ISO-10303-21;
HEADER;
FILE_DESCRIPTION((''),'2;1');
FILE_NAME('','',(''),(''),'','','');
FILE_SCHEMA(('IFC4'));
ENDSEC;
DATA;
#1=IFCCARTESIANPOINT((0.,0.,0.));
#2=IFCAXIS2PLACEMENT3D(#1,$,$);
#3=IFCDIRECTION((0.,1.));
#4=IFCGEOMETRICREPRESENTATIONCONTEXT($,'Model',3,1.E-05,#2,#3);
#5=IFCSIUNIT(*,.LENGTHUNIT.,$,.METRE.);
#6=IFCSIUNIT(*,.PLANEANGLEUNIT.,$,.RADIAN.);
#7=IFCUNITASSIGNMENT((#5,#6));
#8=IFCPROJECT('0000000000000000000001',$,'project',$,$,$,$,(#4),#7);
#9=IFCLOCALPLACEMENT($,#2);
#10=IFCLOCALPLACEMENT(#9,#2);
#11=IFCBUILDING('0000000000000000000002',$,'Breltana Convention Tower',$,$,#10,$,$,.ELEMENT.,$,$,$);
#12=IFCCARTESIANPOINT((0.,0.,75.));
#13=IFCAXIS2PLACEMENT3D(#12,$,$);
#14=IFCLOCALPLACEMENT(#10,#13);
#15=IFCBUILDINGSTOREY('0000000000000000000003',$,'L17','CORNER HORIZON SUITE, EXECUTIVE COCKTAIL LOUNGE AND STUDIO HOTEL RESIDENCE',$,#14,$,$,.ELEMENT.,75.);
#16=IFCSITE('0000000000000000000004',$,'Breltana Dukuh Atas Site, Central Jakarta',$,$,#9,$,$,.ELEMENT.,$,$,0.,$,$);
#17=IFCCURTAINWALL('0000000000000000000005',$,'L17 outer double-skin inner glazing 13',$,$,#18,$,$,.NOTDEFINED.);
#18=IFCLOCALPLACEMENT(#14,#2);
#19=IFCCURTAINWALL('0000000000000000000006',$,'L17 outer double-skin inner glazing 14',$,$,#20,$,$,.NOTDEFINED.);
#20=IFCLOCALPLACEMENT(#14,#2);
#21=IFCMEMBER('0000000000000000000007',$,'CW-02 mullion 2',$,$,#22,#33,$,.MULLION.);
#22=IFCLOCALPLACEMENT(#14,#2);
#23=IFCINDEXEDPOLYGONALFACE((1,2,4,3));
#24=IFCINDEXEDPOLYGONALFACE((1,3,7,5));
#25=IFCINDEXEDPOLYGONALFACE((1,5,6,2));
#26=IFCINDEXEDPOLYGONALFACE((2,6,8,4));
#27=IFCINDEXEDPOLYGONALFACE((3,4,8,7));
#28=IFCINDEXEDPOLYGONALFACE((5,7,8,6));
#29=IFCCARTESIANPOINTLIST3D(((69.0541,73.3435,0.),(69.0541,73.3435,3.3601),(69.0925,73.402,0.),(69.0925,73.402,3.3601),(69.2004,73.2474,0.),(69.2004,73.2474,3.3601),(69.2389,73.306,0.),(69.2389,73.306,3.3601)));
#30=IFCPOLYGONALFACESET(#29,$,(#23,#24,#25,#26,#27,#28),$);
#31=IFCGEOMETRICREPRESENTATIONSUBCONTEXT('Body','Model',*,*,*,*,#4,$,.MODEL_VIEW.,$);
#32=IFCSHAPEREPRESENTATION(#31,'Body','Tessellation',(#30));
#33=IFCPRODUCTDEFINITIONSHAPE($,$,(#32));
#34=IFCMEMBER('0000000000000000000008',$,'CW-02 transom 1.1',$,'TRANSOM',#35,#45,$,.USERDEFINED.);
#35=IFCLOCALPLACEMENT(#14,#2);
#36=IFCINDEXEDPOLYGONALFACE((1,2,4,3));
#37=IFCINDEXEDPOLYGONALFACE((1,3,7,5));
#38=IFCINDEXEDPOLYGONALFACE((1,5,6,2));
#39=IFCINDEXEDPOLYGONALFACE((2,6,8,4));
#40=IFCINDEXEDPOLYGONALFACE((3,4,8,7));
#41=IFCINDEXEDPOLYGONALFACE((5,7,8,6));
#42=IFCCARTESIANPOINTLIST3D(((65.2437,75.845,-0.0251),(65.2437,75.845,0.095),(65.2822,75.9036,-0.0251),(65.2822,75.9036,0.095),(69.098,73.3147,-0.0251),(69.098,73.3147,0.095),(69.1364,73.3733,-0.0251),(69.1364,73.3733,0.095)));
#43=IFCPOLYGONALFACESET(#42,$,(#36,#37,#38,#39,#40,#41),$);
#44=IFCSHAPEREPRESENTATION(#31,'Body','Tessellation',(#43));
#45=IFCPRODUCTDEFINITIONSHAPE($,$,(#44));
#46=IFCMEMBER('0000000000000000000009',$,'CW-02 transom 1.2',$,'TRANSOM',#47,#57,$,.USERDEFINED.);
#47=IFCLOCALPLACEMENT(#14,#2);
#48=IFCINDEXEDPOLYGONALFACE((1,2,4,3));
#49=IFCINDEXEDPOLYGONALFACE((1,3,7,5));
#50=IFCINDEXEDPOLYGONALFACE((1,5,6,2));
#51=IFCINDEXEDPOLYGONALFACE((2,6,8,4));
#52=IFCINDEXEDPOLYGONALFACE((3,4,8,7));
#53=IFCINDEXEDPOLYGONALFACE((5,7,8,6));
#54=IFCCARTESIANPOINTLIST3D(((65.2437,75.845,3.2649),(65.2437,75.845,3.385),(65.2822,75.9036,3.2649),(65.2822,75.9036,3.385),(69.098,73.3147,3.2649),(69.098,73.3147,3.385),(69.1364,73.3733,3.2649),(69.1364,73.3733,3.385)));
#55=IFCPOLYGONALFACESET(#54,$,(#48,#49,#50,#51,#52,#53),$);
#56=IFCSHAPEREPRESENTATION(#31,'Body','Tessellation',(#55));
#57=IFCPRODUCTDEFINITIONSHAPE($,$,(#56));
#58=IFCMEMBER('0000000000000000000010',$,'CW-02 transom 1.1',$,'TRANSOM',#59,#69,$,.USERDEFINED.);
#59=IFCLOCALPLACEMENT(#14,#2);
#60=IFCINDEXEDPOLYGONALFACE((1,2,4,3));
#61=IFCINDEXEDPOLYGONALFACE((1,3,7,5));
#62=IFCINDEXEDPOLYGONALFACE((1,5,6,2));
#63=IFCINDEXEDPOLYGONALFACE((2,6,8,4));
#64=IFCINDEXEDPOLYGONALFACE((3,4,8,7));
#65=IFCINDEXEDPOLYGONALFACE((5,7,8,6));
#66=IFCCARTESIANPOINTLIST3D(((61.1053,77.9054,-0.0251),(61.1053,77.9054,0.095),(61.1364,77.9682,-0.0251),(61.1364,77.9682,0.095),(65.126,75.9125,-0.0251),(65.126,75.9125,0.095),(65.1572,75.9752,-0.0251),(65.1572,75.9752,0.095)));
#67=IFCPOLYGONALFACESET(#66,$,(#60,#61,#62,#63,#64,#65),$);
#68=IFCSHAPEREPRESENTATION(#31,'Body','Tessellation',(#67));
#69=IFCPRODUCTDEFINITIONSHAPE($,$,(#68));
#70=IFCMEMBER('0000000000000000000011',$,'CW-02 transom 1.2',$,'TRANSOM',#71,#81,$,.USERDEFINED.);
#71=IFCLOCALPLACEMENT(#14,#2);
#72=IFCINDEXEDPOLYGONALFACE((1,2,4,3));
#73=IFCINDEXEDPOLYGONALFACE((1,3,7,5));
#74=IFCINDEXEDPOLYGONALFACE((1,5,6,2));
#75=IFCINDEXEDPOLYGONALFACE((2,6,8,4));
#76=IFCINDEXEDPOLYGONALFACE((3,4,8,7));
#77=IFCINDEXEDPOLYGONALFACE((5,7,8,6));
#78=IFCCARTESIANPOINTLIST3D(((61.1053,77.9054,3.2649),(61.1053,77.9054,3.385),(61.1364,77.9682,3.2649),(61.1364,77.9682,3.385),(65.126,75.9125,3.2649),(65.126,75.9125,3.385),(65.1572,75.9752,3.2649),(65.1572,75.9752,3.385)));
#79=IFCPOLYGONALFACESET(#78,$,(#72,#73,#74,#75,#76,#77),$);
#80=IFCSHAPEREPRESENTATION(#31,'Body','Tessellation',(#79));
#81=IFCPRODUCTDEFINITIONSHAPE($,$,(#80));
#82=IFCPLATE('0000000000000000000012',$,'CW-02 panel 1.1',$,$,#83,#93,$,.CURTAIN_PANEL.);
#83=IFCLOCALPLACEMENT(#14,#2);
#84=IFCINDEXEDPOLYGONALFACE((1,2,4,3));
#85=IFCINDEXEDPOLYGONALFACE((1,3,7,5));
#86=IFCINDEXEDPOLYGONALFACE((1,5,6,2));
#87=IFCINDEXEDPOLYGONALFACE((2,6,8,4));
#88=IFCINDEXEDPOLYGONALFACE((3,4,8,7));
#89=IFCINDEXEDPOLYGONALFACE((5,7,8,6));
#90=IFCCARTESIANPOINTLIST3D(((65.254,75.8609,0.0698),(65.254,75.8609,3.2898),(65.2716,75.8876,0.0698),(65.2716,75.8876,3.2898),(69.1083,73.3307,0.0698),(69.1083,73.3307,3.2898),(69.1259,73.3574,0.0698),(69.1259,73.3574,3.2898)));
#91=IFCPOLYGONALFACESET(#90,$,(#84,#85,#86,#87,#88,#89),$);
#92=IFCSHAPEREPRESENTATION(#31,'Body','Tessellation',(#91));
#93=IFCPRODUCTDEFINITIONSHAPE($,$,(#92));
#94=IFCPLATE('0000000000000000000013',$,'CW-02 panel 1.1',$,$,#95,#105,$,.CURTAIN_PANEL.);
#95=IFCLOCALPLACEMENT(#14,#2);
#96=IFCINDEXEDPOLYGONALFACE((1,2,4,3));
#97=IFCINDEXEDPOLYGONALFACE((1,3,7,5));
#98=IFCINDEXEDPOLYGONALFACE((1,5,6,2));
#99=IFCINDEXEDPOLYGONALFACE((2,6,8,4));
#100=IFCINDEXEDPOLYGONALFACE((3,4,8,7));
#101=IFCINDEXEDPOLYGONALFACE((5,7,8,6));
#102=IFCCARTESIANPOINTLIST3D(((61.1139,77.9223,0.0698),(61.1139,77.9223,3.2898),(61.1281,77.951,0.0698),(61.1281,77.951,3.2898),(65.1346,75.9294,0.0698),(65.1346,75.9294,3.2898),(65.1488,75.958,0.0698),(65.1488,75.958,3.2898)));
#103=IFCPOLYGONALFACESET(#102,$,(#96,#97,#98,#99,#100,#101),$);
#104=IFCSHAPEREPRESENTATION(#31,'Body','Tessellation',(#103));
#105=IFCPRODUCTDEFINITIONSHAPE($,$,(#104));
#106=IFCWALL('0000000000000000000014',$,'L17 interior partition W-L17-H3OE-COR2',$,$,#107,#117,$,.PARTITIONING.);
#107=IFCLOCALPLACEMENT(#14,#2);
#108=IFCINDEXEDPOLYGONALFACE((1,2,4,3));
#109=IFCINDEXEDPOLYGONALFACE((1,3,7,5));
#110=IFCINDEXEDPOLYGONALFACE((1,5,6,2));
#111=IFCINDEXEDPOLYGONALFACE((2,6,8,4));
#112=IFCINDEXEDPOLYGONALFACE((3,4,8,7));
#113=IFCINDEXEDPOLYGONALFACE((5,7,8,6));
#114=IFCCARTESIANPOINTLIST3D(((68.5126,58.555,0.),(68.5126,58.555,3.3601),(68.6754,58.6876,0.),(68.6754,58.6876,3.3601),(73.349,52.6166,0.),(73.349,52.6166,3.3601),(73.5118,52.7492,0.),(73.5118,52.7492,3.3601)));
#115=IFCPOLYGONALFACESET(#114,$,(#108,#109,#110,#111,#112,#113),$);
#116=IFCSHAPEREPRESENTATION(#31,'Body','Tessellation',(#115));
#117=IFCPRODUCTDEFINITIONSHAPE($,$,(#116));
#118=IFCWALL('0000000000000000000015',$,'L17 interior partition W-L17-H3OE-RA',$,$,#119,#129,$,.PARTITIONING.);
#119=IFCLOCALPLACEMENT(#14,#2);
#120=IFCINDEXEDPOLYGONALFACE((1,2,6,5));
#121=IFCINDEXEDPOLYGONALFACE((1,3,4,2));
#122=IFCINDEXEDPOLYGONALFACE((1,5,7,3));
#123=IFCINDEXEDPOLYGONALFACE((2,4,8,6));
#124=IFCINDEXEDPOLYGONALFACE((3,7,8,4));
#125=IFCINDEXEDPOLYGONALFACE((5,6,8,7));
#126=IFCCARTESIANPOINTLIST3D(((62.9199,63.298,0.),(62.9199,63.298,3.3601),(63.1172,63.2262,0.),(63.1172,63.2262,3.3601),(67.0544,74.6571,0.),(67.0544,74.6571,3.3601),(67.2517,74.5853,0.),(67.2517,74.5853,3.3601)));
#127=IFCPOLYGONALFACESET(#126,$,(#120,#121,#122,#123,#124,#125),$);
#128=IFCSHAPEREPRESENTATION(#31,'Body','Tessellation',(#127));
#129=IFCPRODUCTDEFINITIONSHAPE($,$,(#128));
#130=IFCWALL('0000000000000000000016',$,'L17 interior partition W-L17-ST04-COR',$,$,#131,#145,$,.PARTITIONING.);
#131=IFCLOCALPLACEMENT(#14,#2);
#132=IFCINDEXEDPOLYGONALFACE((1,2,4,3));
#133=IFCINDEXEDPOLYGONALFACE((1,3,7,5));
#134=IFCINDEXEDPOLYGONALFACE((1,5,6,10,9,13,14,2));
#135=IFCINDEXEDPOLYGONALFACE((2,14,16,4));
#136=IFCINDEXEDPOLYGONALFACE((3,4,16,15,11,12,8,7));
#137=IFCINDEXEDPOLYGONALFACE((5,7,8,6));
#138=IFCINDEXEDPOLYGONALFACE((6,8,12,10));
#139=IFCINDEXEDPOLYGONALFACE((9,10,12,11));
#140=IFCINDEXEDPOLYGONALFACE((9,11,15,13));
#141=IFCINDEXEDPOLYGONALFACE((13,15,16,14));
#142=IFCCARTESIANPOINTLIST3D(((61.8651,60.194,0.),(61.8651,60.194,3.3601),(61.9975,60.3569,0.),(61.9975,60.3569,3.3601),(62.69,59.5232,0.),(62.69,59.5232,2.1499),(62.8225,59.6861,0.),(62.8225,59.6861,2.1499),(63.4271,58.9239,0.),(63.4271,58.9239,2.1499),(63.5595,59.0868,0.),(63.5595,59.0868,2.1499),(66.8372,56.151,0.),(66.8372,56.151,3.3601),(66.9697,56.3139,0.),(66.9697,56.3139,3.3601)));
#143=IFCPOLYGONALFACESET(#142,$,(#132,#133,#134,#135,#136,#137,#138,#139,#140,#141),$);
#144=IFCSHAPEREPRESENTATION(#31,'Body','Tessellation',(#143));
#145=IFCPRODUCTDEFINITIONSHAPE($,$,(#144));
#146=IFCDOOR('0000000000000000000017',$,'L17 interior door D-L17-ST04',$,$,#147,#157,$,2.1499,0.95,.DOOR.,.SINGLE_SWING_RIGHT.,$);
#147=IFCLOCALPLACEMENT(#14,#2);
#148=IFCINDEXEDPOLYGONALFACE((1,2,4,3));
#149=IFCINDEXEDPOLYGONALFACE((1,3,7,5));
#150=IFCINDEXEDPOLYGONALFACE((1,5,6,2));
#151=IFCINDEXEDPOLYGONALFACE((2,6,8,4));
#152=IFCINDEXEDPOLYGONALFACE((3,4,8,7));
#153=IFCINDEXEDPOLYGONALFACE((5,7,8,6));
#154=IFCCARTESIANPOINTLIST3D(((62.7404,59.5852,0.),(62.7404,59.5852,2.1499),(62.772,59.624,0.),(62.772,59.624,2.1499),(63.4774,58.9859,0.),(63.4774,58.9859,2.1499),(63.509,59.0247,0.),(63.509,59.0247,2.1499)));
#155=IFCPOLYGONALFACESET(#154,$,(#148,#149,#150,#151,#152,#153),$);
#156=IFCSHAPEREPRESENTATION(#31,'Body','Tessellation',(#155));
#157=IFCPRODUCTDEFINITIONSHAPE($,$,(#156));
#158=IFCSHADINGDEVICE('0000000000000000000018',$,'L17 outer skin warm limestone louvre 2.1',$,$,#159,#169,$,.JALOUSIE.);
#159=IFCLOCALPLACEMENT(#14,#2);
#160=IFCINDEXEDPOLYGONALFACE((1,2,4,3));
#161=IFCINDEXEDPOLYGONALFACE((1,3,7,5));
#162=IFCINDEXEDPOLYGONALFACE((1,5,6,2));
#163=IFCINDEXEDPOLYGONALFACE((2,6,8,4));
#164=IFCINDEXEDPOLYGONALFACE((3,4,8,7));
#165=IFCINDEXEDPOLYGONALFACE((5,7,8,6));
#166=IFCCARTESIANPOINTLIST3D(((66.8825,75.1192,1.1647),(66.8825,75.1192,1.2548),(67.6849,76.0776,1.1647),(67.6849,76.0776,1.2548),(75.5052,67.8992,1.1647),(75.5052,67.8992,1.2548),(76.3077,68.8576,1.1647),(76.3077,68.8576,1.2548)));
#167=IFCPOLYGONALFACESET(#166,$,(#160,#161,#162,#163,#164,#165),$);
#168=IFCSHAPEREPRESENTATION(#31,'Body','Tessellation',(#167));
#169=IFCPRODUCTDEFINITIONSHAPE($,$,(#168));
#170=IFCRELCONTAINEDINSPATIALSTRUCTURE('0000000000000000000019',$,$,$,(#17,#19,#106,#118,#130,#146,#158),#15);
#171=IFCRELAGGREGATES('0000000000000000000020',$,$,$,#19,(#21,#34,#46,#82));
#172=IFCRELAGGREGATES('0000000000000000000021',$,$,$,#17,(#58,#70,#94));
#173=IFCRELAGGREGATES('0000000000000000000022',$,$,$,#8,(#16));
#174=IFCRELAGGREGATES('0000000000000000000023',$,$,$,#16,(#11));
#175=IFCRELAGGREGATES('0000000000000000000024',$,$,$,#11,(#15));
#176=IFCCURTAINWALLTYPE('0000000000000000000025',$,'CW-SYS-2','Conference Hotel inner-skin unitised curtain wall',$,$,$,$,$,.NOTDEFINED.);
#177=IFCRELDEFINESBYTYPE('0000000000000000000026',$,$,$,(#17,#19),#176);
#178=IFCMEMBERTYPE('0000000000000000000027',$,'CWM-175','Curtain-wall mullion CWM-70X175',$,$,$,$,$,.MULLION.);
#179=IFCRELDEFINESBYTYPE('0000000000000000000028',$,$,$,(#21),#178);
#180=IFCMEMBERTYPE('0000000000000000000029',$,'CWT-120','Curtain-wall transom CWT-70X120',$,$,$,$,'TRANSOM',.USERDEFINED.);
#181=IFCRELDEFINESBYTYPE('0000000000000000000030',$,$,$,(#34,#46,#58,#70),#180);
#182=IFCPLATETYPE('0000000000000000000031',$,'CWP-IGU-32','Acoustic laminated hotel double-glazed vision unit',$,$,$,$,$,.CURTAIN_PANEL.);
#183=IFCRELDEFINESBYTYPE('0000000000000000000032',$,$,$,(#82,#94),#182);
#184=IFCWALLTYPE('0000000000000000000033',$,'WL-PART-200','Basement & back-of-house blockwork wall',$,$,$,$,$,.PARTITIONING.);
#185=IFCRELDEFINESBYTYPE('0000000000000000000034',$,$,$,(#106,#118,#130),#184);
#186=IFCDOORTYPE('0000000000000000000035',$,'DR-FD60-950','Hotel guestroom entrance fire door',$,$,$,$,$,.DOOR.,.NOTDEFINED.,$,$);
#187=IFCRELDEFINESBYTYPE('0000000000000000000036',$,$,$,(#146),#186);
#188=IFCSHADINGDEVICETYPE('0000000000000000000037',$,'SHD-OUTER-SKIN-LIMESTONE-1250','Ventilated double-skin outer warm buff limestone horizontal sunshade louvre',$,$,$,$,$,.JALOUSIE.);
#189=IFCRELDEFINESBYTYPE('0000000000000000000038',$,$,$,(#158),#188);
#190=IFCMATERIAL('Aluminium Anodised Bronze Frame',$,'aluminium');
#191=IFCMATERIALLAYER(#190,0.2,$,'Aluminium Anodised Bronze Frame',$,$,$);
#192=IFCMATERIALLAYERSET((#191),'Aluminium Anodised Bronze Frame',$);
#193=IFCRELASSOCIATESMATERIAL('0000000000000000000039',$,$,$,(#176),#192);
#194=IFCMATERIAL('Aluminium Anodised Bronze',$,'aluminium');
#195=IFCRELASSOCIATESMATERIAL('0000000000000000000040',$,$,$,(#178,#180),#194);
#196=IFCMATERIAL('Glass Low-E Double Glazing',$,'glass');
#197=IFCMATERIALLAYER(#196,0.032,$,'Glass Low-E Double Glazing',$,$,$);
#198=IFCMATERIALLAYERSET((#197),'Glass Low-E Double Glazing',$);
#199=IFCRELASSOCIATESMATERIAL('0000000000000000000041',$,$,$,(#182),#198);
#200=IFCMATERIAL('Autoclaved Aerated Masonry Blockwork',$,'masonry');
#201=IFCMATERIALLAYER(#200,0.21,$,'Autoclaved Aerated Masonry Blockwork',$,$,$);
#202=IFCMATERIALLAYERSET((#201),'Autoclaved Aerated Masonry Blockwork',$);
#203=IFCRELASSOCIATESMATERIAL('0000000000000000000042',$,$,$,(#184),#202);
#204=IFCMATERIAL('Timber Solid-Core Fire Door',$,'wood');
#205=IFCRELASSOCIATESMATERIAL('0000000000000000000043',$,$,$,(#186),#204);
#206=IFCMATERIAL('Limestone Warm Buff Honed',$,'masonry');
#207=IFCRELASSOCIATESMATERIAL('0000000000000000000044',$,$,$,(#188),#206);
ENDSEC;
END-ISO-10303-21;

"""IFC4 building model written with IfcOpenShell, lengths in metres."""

from ifc_helpers import new_model, si_unit, direction, frame, frame_2d, origin, origin_2d, place, context, subcontext, project, spatial, rectangle, extrude, source, transform, mapped, material, layer, layer_set, material_profile, profile_set, type_object, type_shapes, element, fill, aggregate, save


model = new_model("IFC4")

# Units and contexts
model_context = context("Model", 3, precision=1e-05, world=origin(), true_north=direction((0.0, 1.0)))
body_context = subcontext(model_context, "Body", "Model", "MODEL_VIEW")
ifc_project = project(units=[si_unit("LENGTHUNIT", "METRE"), si_unit("PLANEANGLEUNIT", "RADIAN")], contexts=[model_context])

# Site, building, storey
site_placement = place(None, origin())
site = spatial("IfcSite", under=ifc_project, at=site_placement, Name="Breltana Dukuh Atas Site, Central Jakarta", CompositionType="ELEMENT", RefElevation=0.0)
building_placement = place(site_placement, origin())
building = spatial("IfcBuilding", under=site, at=building_placement, Name="Breltana Convention Tower", CompositionType="ELEMENT")
storey_placement = place(building_placement, frame((0.0, 0.0, 75.0)))
storey = spatial("IfcBuildingStorey", under=building, at=storey_placement, Name="L17", Description="CORNER HORIZON SUITE, EXECUTIVE COCKTAIL LOUNGE AND STUDIO HOTEL RESIDENCE", CompositionType="ELEMENT", Elevation=75.0)

# Curtain walls, members
ifc_material_1 = material(Name="Aluminium Anodised Bronze Frame", Category="aluminium")
ifc_layer_1 = layer(ifc_material_1, 0.2, Name="Aluminium Anodised Bronze Frame")
ifc_layer_set_1 = layer_set([ifc_layer_1], Name="Aluminium Anodised Bronze Frame")
curtain_wall_type = type_object("IfcCurtainWallType", Name="CW-SYS-2", Description="Conference Hotel inner-skin unitised curtain wall", PredefinedType="NOTDEFINED", material=ifc_layer_set_1)
curtain_wall_1_placement = place(storey_placement, origin())
curtain_wall_1 = element("IfcCurtainWall", 1, at=curtain_wall_1_placement, inside=storey, type_object=curtain_wall_type, Name="L17 outer double-skin inner glazing 13", PredefinedType="NOTDEFINED")
ifc_material_2 = material(Name="Aluminium Anodised Bronze", Category="aluminium")
ifc_material_profile_1 = material_profile(ifc_material_2, rectangle(XDim=0.0701, YDim=0.175, at=origin_2d()), Name="CWM-70X175")
ifc_profile_set_1 = profile_set([ifc_material_profile_1], Name="Aluminium Anodised Bronze")
member_type_1 = type_object("IfcMemberType", Name="CWM-175", Description="Curtain-wall mullion CWM-70X175", PredefinedType="MULLION", material=ifc_profile_set_1)
shared_shape_1 = source(origin(), body_context, "Body", "SweptSolid", [
    extrude(rectangle(XDim=0.0701, YDim=0.175, at=origin_2d()), origin(), (0.0, 0.0, 1.0), 3.3601),
])
type_shapes(member_type_1, [shared_shape_1])
curtain_wall_2_placement = place(storey_placement, origin())
curtain_wall_2 = element("IfcCurtainWall", 2, at=curtain_wall_2_placement, inside=storey, type_object=curtain_wall_type, Name="L17 outer double-skin inner glazing 14", PredefinedType="NOTDEFINED")
member_1_placement = place(storey_placement, frame((69.1465, 73.3247, 0.0), z_axis=(0.0, 0.0, 1.0), x_axis=(0.548784, 0.835964, 0.0)))
member_1 = element("IfcMember", 3, at=member_1_placement, type_object=member_type_1, Name="CW-02 mullion 2", PredefinedType="MULLION", context=body_context, shape_type="MappedRepresentation", body=[
    mapped(shared_shape_1, transform((0.0, 0.0, 0.0), scale=1.0)),
])
ifc_material_profile_2 = material_profile(ifc_material_2, rectangle(XDim=0.0701, YDim=0.1201, at=origin_2d()), Name="CWT-70X120")
ifc_profile_set_2 = profile_set([ifc_material_profile_2], Name="Aluminium Anodised Bronze")
member_type_2 = type_object("IfcMemberType", Name="CWT-120", Description="Curtain-wall transom CWT-70X120", ElementType="TRANSOM", PredefinedType="USERDEFINED", material=ifc_profile_set_2)
shared_shape_2 = source(origin(), body_context, "Body", "SweptSolid", [
    extrude(rectangle(XDim=0.0701, YDim=0.1201, at=origin_2d()), origin(), (0.0, 0.0, 1.0), 4.6106),
])
member_2_placement = place(storey_placement, frame((65.2629, 75.8743, 0.0349), z_axis=(0.835956, -0.548796, 0.0), x_axis=(0.548796, 0.835956, 0.0)))
member_2 = element("IfcMember", 4, at=member_2_placement, type_object=member_type_2, Name="CW-02 transom 1.1", ObjectType="TRANSOM", PredefinedType="USERDEFINED", context=body_context, shape_type="MappedRepresentation", body=[
    mapped(shared_shape_2, transform((0.0, 0.0, 0.0), scale=1.0)),
])
member_3_placement = place(storey_placement, frame((65.2629, 75.8743, 3.325), z_axis=(0.835956, -0.548796, 0.0), x_axis=(0.548796, 0.835956, 0.0)))
member_3 = element("IfcMember", 5, at=member_3_placement, type_object=member_type_2, Name="CW-02 transom 1.2", ObjectType="TRANSOM", PredefinedType="USERDEFINED", context=body_context, shape_type="MappedRepresentation", body=[
    mapped(shared_shape_2, transform((0.0, 0.0, 0.0), scale=1.0)),
])

# Members
shared_shape_3 = source(origin(), body_context, "Body", "SweptSolid", [
    extrude(rectangle(XDim=0.0701, YDim=0.1201, at=origin_2d()), origin(), (0.0, 0.0, 1.0), 4.4875),
])
member_4_placement = place(storey_placement, frame((61.1208, 77.9368, 0.0349), z_axis=(0.895978, -0.444099, 0.0), x_axis=(0.444099, 0.895978, 0.0)))
member_4 = element("IfcMember", 6, at=member_4_placement, type_object=member_type_2, Name="CW-02 transom 1.1", ObjectType="TRANSOM", PredefinedType="USERDEFINED", context=body_context, shape_type="MappedRepresentation", body=[
    mapped(shared_shape_3, transform((0.0, 0.0, 0.0), scale=1.0)),
])
member_5_placement = place(storey_placement, frame((61.1208, 77.9368, 3.325), z_axis=(0.895978, -0.444099, 0.0), x_axis=(0.444099, 0.895978, 0.0)))
member_5 = element("IfcMember", 7, at=member_5_placement, type_object=member_type_2, Name="CW-02 transom 1.2", ObjectType="TRANSOM", PredefinedType="USERDEFINED", context=body_context, shape_type="MappedRepresentation", body=[
    mapped(shared_shape_3, transform((0.0, 0.0, 0.0), scale=1.0)),
])

# Plates
ifc_material_3 = material(Name="Glass Low-E Double Glazing", Category="glass")
ifc_layer_2 = layer(ifc_material_3, 0.032, Name="Glass Low-E Double Glazing")
ifc_layer_set_2 = layer_set([ifc_layer_2], Name="Glass Low-E Double Glazing")
plate_type = type_object("IfcPlateType", Name="CWP-IGU-32", Description="Acoustic laminated hotel double-glazed vision unit", PredefinedType="CURTAIN_PANEL", material=ifc_layer_set_2)
shared_shape_4 = source(origin(), body_context, "Body", "SweptSolid", [
    extrude(rectangle(XDim=4.6106, YDim=0.032, at=origin_2d()), origin(), (0.0, 0.0, 1.0), 3.22),
])
plate_1_placement = place(storey_placement, frame((67.1899, 74.6091, 0.0698), z_axis=(0.0, 0.0, 1.0), x_axis=(0.835964, -0.548784, 0.0)))
plate_1 = element("IfcPlate", 8, at=plate_1_placement, type_object=plate_type, Name="CW-02 panel 1.1", PredefinedType="CURTAIN_PANEL", context=body_context, shape_type="MappedRepresentation", body=[
    mapped(shared_shape_4, transform((0.0, 0.0, 0.0), scale=1.0)),
])
aggregate(curtain_wall_2, [member_1, member_2, member_3, plate_1])
shared_shape_5 = source(origin(), body_context, "Body", "SweptSolid", [
    extrude(rectangle(XDim=4.4875, YDim=0.032, at=origin_2d()), origin(), (0.0, 0.0, 1.0), 3.22),
])
plate_2_placement = place(storey_placement, frame((63.1313, 76.9402, 0.0698), z_axis=(0.0, 0.0, 1.0), x_axis=(0.895973, -0.444108, 0.0)))
plate_2 = element("IfcPlate", 9, at=plate_2_placement, type_object=plate_type, Name="CW-02 panel 1.1", PredefinedType="CURTAIN_PANEL", context=body_context, shape_type="MappedRepresentation", body=[
    mapped(shared_shape_5, transform((0.0, 0.0, 0.0), scale=1.0)),
])
aggregate(curtain_wall_1, [member_4, member_5, plate_2])

# Shared definitions
ifc_material_4 = material(Name="Autoclaved Aerated Masonry Blockwork", Category="masonry")
ifc_layer_3 = layer(ifc_material_4, 0.21, Name="Autoclaved Aerated Masonry Blockwork")
ifc_layer_set_3 = layer_set([ifc_layer_3], Name="Autoclaved Aerated Masonry Blockwork")
wall_type = type_object("IfcWallType", Name="WL-PART-200", Description="Basement & back-of-house blockwork wall", PredefinedType="PARTITIONING", material=ifc_layer_set_3)

# Walls
shared_shape_6 = source(origin(), body_context, "Body", "SweptSolid", [
    extrude(rectangle(XDim=7.6587, YDim=0.21, at=frame_2d((3.8293, 0.0))), origin(), (0.0, 0.0, 1.0), 3.3601),
])
wall_1_placement = place(storey_placement, frame((68.594, 58.6213, 0.0), z_axis=(0.0, 0.0, 1.0), x_axis=(0.63149, -0.775384, 0.0)))
element("IfcWall", 10, at=wall_1_placement, inside=storey, type_object=wall_type, Name="L17 interior partition W-L17-H3OE-COR2", PredefinedType="PARTITIONING", context=body_context, shape_type="MappedRepresentation", body=[
    mapped(shared_shape_6, transform((0.0, 0.0, 0.0), scale=1.0)),
])
shared_shape_7 = source(origin(), body_context, "Body", "SweptSolid", [
    extrude(rectangle(XDim=12.0881, YDim=0.21, at=frame_2d((6.0439, 0.0))), origin(), (0.0, 0.0, 1.0), 3.3601),
])
wall_2_placement = place(storey_placement, frame((63.0186, 63.2622, 0.0), z_axis=(0.0, 0.0, 1.0), x_axis=(0.34203, 0.939689, 0.0)))
element("IfcWall", 11, at=wall_2_placement, inside=storey, type_object=wall_type, Name="L17 interior partition W-L17-H3OE-RA", PredefinedType="PARTITIONING", context=body_context, shape_type="MappedRepresentation", body=[
    mapped(shared_shape_7, transform((0.0, 0.0, 0.0), scale=1.0)),
])

# Wall, opening, door
shared_shape_8 = source(origin(), body_context, "Body", "SweptSolid", [
    extrude(rectangle(XDim=6.4084, YDim=0.21, at=frame_2d((3.2041, 0.0))), origin(), (0.0, 0.0, 1.0), 3.3601),
])
wall_3_placement = place(storey_placement, frame((61.9314, 60.2754, 0.0), z_axis=(0.0, 0.0, 1.0), x_axis=(0.775879, -0.630882, 0.0)))
wall_3 = element("IfcWall", 12, at=wall_3_placement, inside=storey, type_object=wall_type, Name="L17 interior partition W-L17-ST04-COR", PredefinedType="PARTITIONING", context=body_context, shape_type="MappedRepresentation", body=[
    mapped(shared_shape_8, transform((0.0, 0.0, 0.0), scale=1.0)),
])
opening_1_placement = place(wall_3_placement, frame((1.063, 0.0, 0.0)))
opening_1 = element("IfcOpeningElement", 13, at=opening_1_placement, cuts=wall_3, PredefinedType="OPENING", context=body_context, shape_type="SweptSolid", body=[
    extrude(rectangle(XDim=0.95, YDim=2.1499, at=frame_2d((0.4751, 1.075))), frame((0.0, 0.115, 0.0), z_axis=(0.0, -1.0, 0.0), x_axis=(1.0, 0.0, 0.0)), (0.0, 0.0, 1.0), 0.23),
])
ifc_material_5 = material(Name="Timber Solid-Core Fire Door", Category="wood")
door_type_1 = type_object("IfcDoorType", Name="DR-FD60-950", Description="Hotel guestroom entrance fire door", OperationType="NOTDEFINED", PredefinedType="DOOR", material=ifc_material_5)
shared_shape_9 = source(origin(), body_context, "Body", "SweptSolid", [
    extrude(rectangle(XDim=0.95, YDim=2.1499, at=frame_2d((0.4751, 1.075))), frame((0.0, 0.0249, 0.0), z_axis=(0.0, -1.0, 0.0), x_axis=(1.0, 0.0, 0.0)), (0.0, 0.0, 1.0), 0.05),
])
type_shapes(door_type_1, [shared_shape_9])
door_1_placement = place(opening_1_placement, origin())
door_1 = element("IfcDoor", 14, at=door_1_placement, inside=storey, type_object=door_type_1, Name="L17 interior door D-L17-ST04", OperationType="SINGLE_SWING_RIGHT", OverallHeight=2.1499, OverallWidth=0.95, PredefinedType="DOOR", context=body_context, shape_type="MappedRepresentation", body=[
    mapped(shared_shape_9, transform((0.0, 0.0, 0.0), scale=1.0)),
])
fill(opening_1, door_1)

# Shading device
ifc_material_6 = material(Name="Limestone Warm Buff Honed", Category="masonry")
ifc_material_profile_3 = material_profile(ifc_material_6, rectangle(XDim=1.25, YDim=0.0901, at=origin_2d()), Name="STN-LVR-1250X90")
ifc_profile_set_3 = profile_set([ifc_material_profile_3], Name="Limestone Warm Buff Honed")
shading_device_type = type_object("IfcShadingDeviceType", Name="SHD-OUTER-SKIN-LIMESTONE-1250", Description="Ventilated double-skin outer warm buff limestone horizontal sunshade louvre", PredefinedType="JALOUSIE", material=ifc_profile_set_3)
shared_shape_10 = source(origin(), body_context, "Body", "SweptSolid", [
    extrude(rectangle(XDim=1.25, YDim=0.0901, at=origin_2d()), origin(), (0.0, 0.0, 1.0), 11.2463),
])
for number, where, z_axis, x_axis, name in (
    (15, (67.2837, 75.5984, 1.2097), (0.766719, -0.641983, 0.0), (0.641983, 0.766719, 0.0), "L17 outer skin warm limestone louvre 2.1"),
):
    element("IfcShadingDevice", number, at=place(storey_placement, frame(where, z_axis=z_axis, x_axis=x_axis)), inside=storey, type_object=shading_device_type, Name=name, PredefinedType="JALOUSIE", context=body_context, shape_type="MappedRepresentation", body=[
        mapped(shared_shape_10, transform((0.0, 0.0, 0.0), scale=1.0)),
    ])

save(model, "model.ifc")
